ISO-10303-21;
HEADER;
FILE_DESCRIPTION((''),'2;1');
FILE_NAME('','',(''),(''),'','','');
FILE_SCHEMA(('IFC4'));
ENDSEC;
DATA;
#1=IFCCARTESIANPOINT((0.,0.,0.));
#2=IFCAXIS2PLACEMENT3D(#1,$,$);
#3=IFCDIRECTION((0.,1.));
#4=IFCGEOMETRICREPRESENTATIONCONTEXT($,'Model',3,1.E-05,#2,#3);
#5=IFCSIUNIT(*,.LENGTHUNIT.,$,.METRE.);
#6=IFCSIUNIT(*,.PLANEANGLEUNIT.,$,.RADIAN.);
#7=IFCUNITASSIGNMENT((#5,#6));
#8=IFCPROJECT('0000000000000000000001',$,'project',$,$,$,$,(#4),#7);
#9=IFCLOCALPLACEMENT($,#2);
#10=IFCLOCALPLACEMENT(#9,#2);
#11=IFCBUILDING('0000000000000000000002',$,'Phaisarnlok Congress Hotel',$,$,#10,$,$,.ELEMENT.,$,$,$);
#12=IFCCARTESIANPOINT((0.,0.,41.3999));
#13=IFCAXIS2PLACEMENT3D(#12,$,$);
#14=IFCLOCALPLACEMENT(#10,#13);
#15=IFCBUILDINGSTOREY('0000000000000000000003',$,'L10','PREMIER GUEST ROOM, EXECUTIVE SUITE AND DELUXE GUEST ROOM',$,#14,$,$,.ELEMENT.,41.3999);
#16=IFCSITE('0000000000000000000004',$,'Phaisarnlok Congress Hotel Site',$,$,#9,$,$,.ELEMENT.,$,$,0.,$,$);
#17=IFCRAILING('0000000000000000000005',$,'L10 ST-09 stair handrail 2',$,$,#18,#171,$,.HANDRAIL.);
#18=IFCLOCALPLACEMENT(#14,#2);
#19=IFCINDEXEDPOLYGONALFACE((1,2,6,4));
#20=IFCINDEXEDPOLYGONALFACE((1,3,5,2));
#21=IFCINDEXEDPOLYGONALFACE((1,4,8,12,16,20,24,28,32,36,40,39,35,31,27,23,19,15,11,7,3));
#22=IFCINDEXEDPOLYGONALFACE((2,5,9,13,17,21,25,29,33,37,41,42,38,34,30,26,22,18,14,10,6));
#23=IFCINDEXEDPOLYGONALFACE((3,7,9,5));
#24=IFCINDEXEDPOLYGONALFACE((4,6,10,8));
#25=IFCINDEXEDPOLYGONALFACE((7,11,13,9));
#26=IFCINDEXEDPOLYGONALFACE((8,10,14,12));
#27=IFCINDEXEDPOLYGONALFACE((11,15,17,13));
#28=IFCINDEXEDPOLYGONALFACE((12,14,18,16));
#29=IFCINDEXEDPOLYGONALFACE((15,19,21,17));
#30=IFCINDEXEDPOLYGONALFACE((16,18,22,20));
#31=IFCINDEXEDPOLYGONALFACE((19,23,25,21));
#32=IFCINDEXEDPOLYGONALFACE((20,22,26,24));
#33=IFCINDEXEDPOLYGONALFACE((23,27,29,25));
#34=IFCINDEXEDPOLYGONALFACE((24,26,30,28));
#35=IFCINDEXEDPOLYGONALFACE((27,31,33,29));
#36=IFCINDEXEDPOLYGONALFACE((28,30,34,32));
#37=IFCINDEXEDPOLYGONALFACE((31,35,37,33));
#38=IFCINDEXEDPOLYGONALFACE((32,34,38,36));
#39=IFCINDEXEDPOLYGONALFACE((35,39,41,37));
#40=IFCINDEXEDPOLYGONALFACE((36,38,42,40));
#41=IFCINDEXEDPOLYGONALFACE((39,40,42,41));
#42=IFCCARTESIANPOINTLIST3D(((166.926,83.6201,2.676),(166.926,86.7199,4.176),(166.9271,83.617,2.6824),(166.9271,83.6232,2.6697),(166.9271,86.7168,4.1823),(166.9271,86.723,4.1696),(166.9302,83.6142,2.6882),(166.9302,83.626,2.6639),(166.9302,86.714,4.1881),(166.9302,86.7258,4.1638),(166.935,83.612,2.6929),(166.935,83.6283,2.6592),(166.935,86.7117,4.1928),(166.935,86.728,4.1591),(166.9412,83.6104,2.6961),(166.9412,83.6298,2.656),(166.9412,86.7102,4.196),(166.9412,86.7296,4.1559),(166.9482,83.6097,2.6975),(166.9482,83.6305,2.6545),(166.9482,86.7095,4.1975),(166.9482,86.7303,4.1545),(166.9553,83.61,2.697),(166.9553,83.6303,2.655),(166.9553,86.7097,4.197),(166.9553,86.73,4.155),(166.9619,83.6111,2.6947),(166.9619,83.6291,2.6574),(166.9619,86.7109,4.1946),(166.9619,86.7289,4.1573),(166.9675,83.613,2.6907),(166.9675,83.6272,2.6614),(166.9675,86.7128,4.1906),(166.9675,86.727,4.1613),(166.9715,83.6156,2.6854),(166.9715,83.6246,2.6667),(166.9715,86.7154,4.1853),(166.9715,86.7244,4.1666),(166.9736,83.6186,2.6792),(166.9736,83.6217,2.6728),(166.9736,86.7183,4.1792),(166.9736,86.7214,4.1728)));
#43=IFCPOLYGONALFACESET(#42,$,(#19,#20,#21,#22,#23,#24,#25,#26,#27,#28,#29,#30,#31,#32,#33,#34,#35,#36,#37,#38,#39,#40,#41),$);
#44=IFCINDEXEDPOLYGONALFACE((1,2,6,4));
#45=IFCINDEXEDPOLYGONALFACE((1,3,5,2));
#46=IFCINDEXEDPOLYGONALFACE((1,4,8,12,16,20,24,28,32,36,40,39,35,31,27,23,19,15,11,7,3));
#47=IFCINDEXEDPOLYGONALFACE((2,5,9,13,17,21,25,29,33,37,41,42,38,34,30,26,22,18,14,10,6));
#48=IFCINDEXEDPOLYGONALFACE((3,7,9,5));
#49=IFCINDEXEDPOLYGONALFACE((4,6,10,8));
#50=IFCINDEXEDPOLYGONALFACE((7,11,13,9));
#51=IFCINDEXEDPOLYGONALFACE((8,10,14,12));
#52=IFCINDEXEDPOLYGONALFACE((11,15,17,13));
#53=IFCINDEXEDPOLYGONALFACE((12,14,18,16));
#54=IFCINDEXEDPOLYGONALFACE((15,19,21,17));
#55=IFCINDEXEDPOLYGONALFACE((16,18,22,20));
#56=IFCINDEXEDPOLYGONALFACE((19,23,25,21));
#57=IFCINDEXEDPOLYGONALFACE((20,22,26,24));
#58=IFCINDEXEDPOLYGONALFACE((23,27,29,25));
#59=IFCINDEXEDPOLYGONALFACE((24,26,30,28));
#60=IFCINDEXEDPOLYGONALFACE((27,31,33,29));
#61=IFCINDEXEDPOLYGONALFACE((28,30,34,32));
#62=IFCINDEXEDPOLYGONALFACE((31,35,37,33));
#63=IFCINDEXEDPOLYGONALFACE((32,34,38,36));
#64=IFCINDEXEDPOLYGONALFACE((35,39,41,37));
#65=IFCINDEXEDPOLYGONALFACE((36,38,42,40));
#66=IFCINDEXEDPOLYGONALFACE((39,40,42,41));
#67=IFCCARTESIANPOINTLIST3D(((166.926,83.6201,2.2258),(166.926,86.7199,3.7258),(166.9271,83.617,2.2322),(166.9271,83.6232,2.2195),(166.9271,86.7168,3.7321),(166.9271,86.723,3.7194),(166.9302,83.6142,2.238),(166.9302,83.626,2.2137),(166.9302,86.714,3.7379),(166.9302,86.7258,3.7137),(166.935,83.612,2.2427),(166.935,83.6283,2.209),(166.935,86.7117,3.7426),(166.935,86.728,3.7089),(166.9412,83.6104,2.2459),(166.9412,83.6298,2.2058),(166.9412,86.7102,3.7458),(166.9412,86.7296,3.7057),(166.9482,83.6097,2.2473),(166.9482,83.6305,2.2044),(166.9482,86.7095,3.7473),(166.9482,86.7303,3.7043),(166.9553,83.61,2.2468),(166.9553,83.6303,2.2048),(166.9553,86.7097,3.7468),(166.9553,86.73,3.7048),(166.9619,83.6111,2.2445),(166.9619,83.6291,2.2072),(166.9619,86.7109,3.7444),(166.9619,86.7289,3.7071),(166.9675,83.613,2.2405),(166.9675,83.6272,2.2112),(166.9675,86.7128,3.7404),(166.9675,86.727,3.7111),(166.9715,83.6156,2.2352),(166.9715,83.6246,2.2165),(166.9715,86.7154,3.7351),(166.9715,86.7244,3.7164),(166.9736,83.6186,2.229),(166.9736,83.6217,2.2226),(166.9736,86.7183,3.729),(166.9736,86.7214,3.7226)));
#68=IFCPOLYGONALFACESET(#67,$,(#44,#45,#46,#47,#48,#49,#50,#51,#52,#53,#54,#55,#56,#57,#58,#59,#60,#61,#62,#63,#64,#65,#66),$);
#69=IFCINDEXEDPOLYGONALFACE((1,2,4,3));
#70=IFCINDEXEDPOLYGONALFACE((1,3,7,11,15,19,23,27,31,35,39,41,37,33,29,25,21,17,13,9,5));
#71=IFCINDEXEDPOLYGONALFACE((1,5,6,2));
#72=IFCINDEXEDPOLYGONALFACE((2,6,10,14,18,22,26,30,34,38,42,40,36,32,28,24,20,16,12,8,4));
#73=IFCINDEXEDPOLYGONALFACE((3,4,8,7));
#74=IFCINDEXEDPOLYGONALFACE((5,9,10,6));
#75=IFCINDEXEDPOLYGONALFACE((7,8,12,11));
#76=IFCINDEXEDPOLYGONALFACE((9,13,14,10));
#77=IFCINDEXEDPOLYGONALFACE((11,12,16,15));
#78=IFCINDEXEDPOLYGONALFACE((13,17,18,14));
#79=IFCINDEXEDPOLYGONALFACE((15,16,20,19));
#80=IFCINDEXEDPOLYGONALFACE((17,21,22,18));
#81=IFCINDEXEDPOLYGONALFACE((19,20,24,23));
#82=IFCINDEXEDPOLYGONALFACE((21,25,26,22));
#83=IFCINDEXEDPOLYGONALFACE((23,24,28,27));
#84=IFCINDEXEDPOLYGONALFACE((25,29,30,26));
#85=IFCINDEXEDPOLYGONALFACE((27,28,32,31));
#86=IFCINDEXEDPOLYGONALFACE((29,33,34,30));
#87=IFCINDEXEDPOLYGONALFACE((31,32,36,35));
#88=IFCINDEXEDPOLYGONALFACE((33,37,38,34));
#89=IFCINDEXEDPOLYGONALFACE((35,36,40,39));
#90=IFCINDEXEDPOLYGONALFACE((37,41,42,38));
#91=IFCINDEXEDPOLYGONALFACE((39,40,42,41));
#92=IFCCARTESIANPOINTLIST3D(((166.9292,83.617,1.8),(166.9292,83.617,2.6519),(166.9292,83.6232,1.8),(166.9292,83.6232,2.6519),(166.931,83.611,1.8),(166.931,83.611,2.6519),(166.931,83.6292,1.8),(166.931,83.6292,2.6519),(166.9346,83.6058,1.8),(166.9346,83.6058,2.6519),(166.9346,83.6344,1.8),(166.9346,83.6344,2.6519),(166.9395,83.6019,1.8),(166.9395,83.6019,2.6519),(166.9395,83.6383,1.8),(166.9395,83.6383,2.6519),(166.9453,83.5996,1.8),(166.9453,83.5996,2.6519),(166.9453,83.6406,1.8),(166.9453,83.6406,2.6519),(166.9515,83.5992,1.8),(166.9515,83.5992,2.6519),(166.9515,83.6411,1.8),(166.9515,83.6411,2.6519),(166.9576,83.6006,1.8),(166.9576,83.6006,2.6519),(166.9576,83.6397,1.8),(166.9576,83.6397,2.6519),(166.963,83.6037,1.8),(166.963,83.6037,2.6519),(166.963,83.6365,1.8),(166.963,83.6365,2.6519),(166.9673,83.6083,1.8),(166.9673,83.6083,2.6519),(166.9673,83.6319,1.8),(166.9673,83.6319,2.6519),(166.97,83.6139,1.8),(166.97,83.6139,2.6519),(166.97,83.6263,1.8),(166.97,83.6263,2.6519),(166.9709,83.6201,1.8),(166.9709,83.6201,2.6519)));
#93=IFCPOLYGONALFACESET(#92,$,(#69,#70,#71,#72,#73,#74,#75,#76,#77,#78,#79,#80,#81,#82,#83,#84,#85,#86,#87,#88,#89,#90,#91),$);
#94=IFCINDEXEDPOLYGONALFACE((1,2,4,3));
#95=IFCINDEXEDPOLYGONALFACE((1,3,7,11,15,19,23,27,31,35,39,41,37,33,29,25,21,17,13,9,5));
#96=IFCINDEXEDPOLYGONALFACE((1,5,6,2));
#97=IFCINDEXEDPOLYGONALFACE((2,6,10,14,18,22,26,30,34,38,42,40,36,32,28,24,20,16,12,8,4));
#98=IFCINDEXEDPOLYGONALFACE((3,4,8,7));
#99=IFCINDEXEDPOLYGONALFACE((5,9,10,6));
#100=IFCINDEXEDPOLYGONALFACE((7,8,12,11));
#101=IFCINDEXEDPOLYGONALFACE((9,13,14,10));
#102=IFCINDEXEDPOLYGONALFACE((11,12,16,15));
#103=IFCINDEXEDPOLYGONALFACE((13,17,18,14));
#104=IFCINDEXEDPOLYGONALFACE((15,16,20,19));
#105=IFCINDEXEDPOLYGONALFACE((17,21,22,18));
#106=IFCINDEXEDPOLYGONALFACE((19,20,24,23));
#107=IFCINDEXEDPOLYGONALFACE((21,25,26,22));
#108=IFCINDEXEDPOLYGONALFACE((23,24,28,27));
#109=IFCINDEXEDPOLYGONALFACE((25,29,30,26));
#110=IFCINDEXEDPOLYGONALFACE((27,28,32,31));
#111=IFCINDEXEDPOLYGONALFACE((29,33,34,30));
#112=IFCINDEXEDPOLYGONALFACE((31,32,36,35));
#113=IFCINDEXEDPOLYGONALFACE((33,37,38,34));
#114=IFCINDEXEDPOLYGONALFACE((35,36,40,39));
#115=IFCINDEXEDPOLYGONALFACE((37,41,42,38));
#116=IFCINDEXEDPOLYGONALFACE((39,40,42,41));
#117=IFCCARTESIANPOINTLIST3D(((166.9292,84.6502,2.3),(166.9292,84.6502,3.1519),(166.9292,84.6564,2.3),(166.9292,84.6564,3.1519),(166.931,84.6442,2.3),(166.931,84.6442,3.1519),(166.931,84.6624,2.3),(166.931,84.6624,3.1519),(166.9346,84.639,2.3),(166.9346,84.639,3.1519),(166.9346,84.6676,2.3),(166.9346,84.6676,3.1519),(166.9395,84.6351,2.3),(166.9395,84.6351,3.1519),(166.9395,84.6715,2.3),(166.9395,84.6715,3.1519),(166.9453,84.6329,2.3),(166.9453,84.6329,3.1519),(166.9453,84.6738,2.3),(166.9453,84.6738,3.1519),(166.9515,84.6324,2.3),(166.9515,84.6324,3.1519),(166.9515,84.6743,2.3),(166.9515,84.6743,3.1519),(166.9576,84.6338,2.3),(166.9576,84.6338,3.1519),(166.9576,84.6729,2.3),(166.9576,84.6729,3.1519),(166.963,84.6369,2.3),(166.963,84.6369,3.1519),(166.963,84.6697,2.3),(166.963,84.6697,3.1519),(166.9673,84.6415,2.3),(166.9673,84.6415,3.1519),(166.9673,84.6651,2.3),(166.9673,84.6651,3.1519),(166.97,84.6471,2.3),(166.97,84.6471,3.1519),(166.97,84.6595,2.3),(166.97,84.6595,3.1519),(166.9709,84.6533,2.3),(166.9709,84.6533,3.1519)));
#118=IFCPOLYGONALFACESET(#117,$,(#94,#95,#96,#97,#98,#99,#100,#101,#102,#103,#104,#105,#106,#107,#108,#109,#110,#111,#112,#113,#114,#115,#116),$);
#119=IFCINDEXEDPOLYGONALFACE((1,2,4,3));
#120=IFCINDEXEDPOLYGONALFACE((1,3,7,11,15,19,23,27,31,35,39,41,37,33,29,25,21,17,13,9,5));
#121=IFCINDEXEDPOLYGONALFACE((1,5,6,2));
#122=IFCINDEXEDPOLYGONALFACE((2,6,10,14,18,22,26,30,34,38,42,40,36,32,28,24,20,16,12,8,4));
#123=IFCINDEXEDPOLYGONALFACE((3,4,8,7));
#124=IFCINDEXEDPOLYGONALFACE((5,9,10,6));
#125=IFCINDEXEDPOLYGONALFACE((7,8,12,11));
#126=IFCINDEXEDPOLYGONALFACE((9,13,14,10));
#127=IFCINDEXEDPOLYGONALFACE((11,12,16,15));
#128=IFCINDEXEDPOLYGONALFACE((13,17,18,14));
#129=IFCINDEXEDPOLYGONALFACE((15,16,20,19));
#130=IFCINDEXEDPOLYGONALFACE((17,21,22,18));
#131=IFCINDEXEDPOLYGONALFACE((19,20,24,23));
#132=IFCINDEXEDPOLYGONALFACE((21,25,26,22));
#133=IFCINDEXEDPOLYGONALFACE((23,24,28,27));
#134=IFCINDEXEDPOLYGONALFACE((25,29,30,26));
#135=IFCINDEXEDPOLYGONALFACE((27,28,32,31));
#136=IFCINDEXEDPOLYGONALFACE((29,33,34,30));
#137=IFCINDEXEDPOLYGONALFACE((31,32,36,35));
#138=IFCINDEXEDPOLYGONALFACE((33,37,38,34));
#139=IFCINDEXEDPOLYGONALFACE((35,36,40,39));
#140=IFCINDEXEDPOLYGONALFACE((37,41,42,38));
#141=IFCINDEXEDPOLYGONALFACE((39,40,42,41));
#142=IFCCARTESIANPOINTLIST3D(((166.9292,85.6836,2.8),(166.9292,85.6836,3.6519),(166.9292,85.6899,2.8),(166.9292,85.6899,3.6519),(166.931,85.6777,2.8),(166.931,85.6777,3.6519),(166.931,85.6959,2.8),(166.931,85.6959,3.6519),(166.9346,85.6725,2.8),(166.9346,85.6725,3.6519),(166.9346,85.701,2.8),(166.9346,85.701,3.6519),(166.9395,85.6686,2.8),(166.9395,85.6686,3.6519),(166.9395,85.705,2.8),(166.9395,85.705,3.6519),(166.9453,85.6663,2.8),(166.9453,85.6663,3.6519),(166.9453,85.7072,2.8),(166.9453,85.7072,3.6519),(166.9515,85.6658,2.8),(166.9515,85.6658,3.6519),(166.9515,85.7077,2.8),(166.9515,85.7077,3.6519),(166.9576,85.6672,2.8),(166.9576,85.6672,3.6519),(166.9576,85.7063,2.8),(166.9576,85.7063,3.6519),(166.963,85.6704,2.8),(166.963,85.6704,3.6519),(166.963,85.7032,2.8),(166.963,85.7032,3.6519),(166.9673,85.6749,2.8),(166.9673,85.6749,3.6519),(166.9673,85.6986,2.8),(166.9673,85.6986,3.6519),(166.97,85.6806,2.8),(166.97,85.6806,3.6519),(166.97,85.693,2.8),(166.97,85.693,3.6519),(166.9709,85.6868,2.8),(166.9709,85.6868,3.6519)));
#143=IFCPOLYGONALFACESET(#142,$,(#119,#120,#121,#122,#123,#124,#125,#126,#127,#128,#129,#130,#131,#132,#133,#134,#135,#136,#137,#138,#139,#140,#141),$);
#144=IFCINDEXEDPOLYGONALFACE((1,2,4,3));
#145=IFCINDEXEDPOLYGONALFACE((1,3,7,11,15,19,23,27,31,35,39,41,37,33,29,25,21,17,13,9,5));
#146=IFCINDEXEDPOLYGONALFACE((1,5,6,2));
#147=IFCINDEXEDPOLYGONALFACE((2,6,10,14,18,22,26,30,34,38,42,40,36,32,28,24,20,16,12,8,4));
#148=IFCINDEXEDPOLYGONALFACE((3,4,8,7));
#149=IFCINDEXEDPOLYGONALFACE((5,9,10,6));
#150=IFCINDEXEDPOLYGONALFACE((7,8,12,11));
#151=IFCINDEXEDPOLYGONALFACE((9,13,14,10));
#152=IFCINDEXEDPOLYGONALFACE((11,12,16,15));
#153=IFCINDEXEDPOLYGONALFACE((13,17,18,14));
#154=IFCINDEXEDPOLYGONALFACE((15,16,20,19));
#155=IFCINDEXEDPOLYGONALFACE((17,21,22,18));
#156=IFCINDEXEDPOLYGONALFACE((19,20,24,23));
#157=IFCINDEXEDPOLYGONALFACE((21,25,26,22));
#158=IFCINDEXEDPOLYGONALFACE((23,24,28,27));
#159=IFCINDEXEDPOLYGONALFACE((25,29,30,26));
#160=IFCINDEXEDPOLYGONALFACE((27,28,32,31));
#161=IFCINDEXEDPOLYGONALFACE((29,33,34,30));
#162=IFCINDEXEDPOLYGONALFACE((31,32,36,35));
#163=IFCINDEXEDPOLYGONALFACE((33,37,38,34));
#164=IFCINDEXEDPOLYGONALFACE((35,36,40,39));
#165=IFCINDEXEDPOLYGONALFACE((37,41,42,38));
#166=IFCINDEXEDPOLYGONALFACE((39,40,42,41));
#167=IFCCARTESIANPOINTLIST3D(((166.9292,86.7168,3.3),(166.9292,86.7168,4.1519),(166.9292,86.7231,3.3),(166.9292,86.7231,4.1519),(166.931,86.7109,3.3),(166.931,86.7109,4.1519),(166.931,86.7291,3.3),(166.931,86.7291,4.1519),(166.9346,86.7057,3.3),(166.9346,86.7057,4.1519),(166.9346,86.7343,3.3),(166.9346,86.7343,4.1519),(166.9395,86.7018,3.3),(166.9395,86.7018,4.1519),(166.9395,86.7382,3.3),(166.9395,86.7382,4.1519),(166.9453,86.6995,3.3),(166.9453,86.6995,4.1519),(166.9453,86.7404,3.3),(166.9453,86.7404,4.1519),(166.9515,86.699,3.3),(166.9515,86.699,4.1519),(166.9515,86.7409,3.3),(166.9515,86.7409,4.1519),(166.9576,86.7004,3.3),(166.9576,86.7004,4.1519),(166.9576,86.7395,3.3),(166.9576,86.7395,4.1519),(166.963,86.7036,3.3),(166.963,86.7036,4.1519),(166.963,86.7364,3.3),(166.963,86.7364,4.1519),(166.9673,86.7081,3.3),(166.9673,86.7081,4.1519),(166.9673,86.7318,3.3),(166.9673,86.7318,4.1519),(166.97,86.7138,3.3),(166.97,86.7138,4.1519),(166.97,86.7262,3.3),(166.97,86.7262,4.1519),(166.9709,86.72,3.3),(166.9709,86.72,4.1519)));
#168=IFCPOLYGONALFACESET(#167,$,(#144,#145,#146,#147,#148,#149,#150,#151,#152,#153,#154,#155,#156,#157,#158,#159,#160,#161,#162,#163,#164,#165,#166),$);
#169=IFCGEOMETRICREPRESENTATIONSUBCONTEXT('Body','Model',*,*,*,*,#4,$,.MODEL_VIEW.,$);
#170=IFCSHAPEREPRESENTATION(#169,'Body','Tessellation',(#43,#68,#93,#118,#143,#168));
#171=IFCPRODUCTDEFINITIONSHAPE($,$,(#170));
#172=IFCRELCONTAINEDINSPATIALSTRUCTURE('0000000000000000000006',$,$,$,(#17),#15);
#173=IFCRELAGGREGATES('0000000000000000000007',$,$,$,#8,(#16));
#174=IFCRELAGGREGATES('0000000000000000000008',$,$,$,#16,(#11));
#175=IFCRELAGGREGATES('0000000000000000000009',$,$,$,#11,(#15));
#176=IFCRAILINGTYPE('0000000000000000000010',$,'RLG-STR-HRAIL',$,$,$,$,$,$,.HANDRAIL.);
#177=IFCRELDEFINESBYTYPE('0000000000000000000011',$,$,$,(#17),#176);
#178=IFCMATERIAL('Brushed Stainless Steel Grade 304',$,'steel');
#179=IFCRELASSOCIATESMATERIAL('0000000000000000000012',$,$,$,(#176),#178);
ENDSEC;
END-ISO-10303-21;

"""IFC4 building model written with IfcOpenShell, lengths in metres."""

from ifc_helpers import new_model, si_unit, direction, frame, origin, origin_2d, place, context, subcontext, project, spatial, circle, extrude, material, type_object, element, save


model = new_model("IFC4")

# Units and contexts
model_context = context("Model", 3, precision=1e-05, world=origin(), true_north=direction((0.0, 1.0)))
body_context = subcontext(model_context, "Body", "Model", "MODEL_VIEW")
ifc_project = project(units=[si_unit("LENGTHUNIT", "METRE"), si_unit("PLANEANGLEUNIT", "RADIAN")], contexts=[model_context])

# Site, building, storey
site_placement = place(None, origin())
site = spatial("IfcSite", under=ifc_project, at=site_placement, Name="Phaisarnlok Congress Hotel Site", CompositionType="ELEMENT", RefElevation=0.0)
building_placement = place(site_placement, origin())
building = spatial("IfcBuilding", under=site, at=building_placement, Name="Phaisarnlok Congress Hotel", CompositionType="ELEMENT")
storey_placement = place(building_placement, frame((0.0, 0.0, 41.3999)))
storey = spatial("IfcBuildingStorey", under=building, at=storey_placement, Name="L10", Description="PREMIER GUEST ROOM, EXECUTIVE SUITE AND DELUXE GUEST ROOM", CompositionType="ELEMENT", Elevation=41.3999)

# Railing
ifc_material_1 = material(Name="Brushed Stainless Steel Grade 304", Category="steel")
railing_type_1 = type_object("IfcRailingType", Name="RLG-STR-HRAIL", PredefinedType="HANDRAIL", material=ifc_material_1)
railing_1_placement = place(storey_placement, frame((166.95, 83.6201, 1.8)))
element("IfcRailing", 1, at=railing_1_placement, inside=storey, type_object=railing_type_1, Name="L10 ST-09 stair handrail 2", PredefinedType="HANDRAIL", context=body_context, shape_type="SweptSolid", body=[
    extrude(circle(Radius=0.0239, at=origin_2d()), frame((0.0, 0.0, 0.876), z_axis=(0.0, 0.900151, 0.435578), x_axis=(-1.0, 0.0, 0.0)), (0.0, 0.0, 1.0), 3.4436),
    extrude(circle(Radius=0.0239, at=origin_2d()), frame((0.0, 0.0, 0.4258), z_axis=(0.0, 0.900151, 0.435578), x_axis=(-1.0, 0.0, 0.0)), (0.0, 0.0, 1.0), 3.4436),
    extrude(circle(Radius=0.021, at=origin_2d()), origin(), (0.0, 0.0, 1.0), 0.8518),
    extrude(circle(Radius=0.021, at=origin_2d()), frame((0.0, 1.0332, 0.5)), (0.0, 0.0, 1.0), 0.8518),
    extrude(circle(Radius=0.021, at=origin_2d()), frame((0.0, 2.0667, 1.0)), (0.0, 0.0, 1.0), 0.8518),
    extrude(circle(Radius=0.021, at=origin_2d()), frame((0.0, 3.0999, 1.5)), (0.0, 0.0, 1.0), 0.8518),
])

save(model, "model.ifc")
